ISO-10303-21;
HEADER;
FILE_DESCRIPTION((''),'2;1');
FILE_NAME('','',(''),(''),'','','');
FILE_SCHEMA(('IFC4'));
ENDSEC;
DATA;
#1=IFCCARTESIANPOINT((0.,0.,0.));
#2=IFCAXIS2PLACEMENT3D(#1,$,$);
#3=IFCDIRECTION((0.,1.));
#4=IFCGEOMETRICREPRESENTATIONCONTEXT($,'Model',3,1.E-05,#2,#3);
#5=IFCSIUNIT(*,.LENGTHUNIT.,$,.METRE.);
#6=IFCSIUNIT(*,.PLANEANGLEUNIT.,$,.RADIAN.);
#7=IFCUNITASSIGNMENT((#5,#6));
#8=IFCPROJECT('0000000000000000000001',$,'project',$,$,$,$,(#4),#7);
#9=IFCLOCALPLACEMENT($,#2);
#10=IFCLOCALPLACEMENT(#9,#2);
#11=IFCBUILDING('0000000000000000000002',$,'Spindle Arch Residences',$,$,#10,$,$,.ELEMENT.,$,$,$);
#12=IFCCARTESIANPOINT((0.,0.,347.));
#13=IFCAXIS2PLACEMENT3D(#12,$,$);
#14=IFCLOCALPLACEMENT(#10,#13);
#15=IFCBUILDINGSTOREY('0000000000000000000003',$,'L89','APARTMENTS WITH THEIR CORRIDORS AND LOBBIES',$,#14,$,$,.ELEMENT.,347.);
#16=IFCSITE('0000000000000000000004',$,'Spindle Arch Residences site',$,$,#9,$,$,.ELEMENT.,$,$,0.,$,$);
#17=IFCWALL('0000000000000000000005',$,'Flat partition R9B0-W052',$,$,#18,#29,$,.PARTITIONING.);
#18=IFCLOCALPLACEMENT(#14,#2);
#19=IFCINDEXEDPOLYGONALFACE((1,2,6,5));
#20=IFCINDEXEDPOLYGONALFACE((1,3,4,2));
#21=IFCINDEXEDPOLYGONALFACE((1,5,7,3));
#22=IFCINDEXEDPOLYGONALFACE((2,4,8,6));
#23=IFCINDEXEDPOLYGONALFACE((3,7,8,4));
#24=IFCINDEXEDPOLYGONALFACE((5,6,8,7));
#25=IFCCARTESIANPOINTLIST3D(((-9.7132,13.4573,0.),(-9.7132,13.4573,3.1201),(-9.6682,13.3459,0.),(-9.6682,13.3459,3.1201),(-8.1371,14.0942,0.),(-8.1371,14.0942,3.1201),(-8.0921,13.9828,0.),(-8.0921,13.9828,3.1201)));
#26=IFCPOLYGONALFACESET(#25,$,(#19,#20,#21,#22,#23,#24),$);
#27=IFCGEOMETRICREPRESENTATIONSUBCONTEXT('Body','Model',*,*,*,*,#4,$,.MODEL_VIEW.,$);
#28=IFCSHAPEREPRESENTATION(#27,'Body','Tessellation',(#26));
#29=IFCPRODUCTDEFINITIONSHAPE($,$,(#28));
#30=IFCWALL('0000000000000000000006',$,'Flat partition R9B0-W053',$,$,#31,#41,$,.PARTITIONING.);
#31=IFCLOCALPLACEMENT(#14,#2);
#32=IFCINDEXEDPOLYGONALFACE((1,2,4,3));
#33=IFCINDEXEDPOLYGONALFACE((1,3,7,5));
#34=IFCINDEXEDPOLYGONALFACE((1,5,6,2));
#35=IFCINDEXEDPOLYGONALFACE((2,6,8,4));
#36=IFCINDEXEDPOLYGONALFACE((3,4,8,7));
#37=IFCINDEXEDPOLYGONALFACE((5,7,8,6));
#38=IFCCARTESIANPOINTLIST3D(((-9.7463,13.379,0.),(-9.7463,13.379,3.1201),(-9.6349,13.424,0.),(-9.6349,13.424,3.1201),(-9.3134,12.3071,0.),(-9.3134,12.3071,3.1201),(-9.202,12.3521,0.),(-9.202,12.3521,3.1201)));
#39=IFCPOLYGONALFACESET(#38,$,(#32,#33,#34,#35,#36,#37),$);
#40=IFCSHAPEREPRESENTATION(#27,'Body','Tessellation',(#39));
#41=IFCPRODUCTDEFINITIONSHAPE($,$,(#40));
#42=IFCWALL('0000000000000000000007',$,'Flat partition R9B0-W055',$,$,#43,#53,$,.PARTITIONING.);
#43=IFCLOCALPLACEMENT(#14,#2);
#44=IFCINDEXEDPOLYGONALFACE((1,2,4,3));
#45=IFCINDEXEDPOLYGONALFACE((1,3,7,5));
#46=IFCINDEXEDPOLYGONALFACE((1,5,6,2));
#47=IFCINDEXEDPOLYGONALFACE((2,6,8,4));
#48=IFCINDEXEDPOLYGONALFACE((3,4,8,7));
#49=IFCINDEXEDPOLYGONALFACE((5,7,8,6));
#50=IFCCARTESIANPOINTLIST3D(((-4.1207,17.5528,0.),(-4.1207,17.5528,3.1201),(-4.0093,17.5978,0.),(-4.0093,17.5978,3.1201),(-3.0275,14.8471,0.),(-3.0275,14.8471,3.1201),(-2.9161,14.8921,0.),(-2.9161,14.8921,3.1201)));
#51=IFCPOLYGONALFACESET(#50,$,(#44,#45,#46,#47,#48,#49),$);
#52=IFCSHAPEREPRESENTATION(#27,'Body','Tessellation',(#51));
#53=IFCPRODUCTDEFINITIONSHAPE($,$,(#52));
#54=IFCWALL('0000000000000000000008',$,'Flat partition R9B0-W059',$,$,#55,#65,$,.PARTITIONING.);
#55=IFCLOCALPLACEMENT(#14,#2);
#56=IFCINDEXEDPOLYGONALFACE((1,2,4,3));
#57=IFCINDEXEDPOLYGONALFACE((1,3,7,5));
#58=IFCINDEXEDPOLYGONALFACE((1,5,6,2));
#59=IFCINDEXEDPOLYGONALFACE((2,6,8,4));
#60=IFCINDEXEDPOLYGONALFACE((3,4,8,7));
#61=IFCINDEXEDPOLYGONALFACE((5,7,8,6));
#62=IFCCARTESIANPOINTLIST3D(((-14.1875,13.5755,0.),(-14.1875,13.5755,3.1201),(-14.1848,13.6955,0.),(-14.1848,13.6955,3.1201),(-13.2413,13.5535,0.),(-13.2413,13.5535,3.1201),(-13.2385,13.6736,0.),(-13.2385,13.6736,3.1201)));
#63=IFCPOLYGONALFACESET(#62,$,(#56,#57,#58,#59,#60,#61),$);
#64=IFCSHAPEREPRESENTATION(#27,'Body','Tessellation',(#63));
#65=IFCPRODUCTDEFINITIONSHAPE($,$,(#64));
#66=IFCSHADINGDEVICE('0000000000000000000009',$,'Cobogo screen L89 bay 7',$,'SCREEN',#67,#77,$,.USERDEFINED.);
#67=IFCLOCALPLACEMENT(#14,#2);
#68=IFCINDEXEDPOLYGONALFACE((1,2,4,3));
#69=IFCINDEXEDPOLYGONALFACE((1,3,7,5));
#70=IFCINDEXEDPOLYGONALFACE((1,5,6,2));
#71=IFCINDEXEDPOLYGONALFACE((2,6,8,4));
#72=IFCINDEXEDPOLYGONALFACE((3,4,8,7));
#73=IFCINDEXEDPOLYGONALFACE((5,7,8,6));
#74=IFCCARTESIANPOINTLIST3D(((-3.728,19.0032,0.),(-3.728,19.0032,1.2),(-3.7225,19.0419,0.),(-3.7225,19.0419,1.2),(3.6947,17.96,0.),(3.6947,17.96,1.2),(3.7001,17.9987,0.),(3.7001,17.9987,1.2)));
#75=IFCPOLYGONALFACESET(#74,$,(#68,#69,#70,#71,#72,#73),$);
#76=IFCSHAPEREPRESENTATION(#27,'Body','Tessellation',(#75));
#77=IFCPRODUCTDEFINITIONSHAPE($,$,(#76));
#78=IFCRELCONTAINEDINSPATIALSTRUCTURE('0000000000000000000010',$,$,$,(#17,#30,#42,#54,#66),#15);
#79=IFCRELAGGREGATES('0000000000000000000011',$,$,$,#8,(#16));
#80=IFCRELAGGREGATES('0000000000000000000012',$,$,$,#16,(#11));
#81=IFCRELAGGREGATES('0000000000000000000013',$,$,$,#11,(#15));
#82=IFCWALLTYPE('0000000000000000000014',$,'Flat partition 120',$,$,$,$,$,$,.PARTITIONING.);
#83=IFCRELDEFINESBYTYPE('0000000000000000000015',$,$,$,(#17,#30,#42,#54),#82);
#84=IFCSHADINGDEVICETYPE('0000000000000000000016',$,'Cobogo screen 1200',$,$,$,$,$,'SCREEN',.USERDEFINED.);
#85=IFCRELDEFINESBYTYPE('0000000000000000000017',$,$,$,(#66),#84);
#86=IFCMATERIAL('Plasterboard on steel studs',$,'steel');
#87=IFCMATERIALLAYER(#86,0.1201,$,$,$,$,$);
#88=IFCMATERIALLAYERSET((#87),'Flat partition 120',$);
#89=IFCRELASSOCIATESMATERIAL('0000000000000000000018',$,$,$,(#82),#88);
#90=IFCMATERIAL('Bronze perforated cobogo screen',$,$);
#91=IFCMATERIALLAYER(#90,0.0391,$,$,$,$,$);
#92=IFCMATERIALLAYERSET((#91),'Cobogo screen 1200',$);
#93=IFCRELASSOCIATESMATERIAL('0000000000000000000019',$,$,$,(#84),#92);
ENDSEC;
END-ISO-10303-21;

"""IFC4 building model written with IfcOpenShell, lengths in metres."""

from ifc_helpers import new_model, si_unit, direction, frame, frame_2d, origin, origin_2d, place, context, subcontext, project, spatial, rectangle, extrude, material, layer, layer_set, type_object, element, save


model = new_model("IFC4")

# Units and contexts
model_context = context("Model", 3, precision=1e-05, world=origin(), true_north=direction((0.0, 1.0)))
body_context = subcontext(model_context, "Body", "Model", "MODEL_VIEW")
ifc_project = project(units=[si_unit("LENGTHUNIT", "METRE"), si_unit("PLANEANGLEUNIT", "RADIAN")], contexts=[model_context])

# Site, building, storey
site_placement = place(None, origin())
site = spatial("IfcSite", under=ifc_project, at=site_placement, Name="Spindle Arch Residences site", CompositionType="ELEMENT", RefElevation=0.0)
building_placement = place(site_placement, origin())
building = spatial("IfcBuilding", under=site, at=building_placement, Name="Spindle Arch Residences", CompositionType="ELEMENT")
storey_placement = place(building_placement, frame((0.0, 0.0, 347.0)))
storey = spatial("IfcBuildingStorey", under=building, at=storey_placement, Name="L89", Description="APARTMENTS WITH THEIR CORRIDORS AND LOBBIES", CompositionType="ELEMENT", Elevation=347.0)

# Shared definitions
ifc_material_1 = material(Name="Plasterboard on steel studs", Category="steel")
ifc_layer_1 = layer(ifc_material_1, 0.1201)
ifc_layer_set_1 = layer_set([ifc_layer_1], Name="Flat partition 120")
wall_type_1 = type_object("IfcWallType", Name="Flat partition 120", PredefinedType="PARTITIONING", material=ifc_layer_set_1)

# Walls
wall_1_placement = place(storey_placement, frame((-8.1145, 14.0386, 0.0), z_axis=(0.0, 0.0, 1.0), x_axis=(-0.927154, -0.374681, 0.0)))
element("IfcWall", 1, at=wall_1_placement, inside=storey, type_object=wall_type_1, Name="Flat partition R9B0-W052", PredefinedType="PARTITIONING", context=body_context, shape_type="SweptSolid", body=[
    extrude(rectangle(XDim=1.7, YDim=0.1201, at=frame_2d((0.8501, 0.0))), origin(), (0.0, 0.0, 1.0), 3.1201),
])
wall_2_placement = place(storey_placement, frame((-9.6907, 13.4016, 0.0), z_axis=(0.0, 0.0, 1.0), x_axis=(0.374484, -0.927233, 0.0)))
element("IfcWall", 2, at=wall_2_placement, inside=storey, type_object=wall_type_1, Name="Flat partition R9B0-W053", PredefinedType="PARTITIONING", context=body_context, shape_type="SweptSolid", body=[
    extrude(rectangle(XDim=1.156, YDim=0.1201, at=frame_2d((0.5781, 0.0))), origin(), (0.0, 0.0, 1.0), 3.1201),
])
wall_3_placement = place(storey_placement, frame((-4.0649, 17.5752, 0.0), z_axis=(0.0, 0.0, 1.0), x_axis=(0.374619, -0.927179, 0.0)))
element("IfcWall", 3, at=wall_3_placement, inside=storey, type_object=wall_type_1, Name="Flat partition R9B0-W055", PredefinedType="PARTITIONING", context=body_context, shape_type="SweptSolid", body=[
    extrude(rectangle(XDim=2.9182, YDim=0.1201, at=frame_2d((1.459, 0.0))), origin(), (0.0, 0.0, 1.0), 3.1201),
])
wall_4_placement = place(storey_placement, frame((-13.24, 13.6135, 0.0), z_axis=(0.0, 0.0, 1.0), x_axis=(-0.999731, 0.023214, 0.0)))
element("IfcWall", 4, at=wall_4_placement, inside=storey, type_object=wall_type_1, Name="Flat partition R9B0-W059", PredefinedType="PARTITIONING", context=body_context, shape_type="SweptSolid", body=[
    extrude(rectangle(XDim=0.9465, YDim=0.1201, at=frame_2d((0.4731, 0.0))), origin(), (0.0, 0.0, 1.0), 3.1201),
])

# Shading device
ifc_material_2 = material(Name="Bronze perforated cobogo screen")
ifc_layer_2 = layer(ifc_material_2, 0.0391)
ifc_layer_set_2 = layer_set([ifc_layer_2], Name="Cobogo screen 1200")
shading_device_type = type_object("IfcShadingDeviceType", Name="Cobogo screen 1200", ElementType="SCREEN", PredefinedType="USERDEFINED", material=ifc_layer_set_2)
shading_device_placement = place(storey_placement, frame((-0.0139, 18.501, 0.0), z_axis=(0.0, 0.0, 1.0), x_axis=(-0.990268, 0.139173, 0.0)))
element("IfcShadingDevice", 5, at=shading_device_placement, inside=storey, type_object=shading_device_type, Name="Cobogo screen L89 bay 7", ObjectType="SCREEN", PredefinedType="USERDEFINED", context=body_context, shape_type="SweptSolid", body=[
    extrude(rectangle(XDim=7.4956, YDim=0.0391, at=origin_2d()), origin(), (0.0, 0.0, 1.0), 1.2),
])

save(model, "model.ifc")
